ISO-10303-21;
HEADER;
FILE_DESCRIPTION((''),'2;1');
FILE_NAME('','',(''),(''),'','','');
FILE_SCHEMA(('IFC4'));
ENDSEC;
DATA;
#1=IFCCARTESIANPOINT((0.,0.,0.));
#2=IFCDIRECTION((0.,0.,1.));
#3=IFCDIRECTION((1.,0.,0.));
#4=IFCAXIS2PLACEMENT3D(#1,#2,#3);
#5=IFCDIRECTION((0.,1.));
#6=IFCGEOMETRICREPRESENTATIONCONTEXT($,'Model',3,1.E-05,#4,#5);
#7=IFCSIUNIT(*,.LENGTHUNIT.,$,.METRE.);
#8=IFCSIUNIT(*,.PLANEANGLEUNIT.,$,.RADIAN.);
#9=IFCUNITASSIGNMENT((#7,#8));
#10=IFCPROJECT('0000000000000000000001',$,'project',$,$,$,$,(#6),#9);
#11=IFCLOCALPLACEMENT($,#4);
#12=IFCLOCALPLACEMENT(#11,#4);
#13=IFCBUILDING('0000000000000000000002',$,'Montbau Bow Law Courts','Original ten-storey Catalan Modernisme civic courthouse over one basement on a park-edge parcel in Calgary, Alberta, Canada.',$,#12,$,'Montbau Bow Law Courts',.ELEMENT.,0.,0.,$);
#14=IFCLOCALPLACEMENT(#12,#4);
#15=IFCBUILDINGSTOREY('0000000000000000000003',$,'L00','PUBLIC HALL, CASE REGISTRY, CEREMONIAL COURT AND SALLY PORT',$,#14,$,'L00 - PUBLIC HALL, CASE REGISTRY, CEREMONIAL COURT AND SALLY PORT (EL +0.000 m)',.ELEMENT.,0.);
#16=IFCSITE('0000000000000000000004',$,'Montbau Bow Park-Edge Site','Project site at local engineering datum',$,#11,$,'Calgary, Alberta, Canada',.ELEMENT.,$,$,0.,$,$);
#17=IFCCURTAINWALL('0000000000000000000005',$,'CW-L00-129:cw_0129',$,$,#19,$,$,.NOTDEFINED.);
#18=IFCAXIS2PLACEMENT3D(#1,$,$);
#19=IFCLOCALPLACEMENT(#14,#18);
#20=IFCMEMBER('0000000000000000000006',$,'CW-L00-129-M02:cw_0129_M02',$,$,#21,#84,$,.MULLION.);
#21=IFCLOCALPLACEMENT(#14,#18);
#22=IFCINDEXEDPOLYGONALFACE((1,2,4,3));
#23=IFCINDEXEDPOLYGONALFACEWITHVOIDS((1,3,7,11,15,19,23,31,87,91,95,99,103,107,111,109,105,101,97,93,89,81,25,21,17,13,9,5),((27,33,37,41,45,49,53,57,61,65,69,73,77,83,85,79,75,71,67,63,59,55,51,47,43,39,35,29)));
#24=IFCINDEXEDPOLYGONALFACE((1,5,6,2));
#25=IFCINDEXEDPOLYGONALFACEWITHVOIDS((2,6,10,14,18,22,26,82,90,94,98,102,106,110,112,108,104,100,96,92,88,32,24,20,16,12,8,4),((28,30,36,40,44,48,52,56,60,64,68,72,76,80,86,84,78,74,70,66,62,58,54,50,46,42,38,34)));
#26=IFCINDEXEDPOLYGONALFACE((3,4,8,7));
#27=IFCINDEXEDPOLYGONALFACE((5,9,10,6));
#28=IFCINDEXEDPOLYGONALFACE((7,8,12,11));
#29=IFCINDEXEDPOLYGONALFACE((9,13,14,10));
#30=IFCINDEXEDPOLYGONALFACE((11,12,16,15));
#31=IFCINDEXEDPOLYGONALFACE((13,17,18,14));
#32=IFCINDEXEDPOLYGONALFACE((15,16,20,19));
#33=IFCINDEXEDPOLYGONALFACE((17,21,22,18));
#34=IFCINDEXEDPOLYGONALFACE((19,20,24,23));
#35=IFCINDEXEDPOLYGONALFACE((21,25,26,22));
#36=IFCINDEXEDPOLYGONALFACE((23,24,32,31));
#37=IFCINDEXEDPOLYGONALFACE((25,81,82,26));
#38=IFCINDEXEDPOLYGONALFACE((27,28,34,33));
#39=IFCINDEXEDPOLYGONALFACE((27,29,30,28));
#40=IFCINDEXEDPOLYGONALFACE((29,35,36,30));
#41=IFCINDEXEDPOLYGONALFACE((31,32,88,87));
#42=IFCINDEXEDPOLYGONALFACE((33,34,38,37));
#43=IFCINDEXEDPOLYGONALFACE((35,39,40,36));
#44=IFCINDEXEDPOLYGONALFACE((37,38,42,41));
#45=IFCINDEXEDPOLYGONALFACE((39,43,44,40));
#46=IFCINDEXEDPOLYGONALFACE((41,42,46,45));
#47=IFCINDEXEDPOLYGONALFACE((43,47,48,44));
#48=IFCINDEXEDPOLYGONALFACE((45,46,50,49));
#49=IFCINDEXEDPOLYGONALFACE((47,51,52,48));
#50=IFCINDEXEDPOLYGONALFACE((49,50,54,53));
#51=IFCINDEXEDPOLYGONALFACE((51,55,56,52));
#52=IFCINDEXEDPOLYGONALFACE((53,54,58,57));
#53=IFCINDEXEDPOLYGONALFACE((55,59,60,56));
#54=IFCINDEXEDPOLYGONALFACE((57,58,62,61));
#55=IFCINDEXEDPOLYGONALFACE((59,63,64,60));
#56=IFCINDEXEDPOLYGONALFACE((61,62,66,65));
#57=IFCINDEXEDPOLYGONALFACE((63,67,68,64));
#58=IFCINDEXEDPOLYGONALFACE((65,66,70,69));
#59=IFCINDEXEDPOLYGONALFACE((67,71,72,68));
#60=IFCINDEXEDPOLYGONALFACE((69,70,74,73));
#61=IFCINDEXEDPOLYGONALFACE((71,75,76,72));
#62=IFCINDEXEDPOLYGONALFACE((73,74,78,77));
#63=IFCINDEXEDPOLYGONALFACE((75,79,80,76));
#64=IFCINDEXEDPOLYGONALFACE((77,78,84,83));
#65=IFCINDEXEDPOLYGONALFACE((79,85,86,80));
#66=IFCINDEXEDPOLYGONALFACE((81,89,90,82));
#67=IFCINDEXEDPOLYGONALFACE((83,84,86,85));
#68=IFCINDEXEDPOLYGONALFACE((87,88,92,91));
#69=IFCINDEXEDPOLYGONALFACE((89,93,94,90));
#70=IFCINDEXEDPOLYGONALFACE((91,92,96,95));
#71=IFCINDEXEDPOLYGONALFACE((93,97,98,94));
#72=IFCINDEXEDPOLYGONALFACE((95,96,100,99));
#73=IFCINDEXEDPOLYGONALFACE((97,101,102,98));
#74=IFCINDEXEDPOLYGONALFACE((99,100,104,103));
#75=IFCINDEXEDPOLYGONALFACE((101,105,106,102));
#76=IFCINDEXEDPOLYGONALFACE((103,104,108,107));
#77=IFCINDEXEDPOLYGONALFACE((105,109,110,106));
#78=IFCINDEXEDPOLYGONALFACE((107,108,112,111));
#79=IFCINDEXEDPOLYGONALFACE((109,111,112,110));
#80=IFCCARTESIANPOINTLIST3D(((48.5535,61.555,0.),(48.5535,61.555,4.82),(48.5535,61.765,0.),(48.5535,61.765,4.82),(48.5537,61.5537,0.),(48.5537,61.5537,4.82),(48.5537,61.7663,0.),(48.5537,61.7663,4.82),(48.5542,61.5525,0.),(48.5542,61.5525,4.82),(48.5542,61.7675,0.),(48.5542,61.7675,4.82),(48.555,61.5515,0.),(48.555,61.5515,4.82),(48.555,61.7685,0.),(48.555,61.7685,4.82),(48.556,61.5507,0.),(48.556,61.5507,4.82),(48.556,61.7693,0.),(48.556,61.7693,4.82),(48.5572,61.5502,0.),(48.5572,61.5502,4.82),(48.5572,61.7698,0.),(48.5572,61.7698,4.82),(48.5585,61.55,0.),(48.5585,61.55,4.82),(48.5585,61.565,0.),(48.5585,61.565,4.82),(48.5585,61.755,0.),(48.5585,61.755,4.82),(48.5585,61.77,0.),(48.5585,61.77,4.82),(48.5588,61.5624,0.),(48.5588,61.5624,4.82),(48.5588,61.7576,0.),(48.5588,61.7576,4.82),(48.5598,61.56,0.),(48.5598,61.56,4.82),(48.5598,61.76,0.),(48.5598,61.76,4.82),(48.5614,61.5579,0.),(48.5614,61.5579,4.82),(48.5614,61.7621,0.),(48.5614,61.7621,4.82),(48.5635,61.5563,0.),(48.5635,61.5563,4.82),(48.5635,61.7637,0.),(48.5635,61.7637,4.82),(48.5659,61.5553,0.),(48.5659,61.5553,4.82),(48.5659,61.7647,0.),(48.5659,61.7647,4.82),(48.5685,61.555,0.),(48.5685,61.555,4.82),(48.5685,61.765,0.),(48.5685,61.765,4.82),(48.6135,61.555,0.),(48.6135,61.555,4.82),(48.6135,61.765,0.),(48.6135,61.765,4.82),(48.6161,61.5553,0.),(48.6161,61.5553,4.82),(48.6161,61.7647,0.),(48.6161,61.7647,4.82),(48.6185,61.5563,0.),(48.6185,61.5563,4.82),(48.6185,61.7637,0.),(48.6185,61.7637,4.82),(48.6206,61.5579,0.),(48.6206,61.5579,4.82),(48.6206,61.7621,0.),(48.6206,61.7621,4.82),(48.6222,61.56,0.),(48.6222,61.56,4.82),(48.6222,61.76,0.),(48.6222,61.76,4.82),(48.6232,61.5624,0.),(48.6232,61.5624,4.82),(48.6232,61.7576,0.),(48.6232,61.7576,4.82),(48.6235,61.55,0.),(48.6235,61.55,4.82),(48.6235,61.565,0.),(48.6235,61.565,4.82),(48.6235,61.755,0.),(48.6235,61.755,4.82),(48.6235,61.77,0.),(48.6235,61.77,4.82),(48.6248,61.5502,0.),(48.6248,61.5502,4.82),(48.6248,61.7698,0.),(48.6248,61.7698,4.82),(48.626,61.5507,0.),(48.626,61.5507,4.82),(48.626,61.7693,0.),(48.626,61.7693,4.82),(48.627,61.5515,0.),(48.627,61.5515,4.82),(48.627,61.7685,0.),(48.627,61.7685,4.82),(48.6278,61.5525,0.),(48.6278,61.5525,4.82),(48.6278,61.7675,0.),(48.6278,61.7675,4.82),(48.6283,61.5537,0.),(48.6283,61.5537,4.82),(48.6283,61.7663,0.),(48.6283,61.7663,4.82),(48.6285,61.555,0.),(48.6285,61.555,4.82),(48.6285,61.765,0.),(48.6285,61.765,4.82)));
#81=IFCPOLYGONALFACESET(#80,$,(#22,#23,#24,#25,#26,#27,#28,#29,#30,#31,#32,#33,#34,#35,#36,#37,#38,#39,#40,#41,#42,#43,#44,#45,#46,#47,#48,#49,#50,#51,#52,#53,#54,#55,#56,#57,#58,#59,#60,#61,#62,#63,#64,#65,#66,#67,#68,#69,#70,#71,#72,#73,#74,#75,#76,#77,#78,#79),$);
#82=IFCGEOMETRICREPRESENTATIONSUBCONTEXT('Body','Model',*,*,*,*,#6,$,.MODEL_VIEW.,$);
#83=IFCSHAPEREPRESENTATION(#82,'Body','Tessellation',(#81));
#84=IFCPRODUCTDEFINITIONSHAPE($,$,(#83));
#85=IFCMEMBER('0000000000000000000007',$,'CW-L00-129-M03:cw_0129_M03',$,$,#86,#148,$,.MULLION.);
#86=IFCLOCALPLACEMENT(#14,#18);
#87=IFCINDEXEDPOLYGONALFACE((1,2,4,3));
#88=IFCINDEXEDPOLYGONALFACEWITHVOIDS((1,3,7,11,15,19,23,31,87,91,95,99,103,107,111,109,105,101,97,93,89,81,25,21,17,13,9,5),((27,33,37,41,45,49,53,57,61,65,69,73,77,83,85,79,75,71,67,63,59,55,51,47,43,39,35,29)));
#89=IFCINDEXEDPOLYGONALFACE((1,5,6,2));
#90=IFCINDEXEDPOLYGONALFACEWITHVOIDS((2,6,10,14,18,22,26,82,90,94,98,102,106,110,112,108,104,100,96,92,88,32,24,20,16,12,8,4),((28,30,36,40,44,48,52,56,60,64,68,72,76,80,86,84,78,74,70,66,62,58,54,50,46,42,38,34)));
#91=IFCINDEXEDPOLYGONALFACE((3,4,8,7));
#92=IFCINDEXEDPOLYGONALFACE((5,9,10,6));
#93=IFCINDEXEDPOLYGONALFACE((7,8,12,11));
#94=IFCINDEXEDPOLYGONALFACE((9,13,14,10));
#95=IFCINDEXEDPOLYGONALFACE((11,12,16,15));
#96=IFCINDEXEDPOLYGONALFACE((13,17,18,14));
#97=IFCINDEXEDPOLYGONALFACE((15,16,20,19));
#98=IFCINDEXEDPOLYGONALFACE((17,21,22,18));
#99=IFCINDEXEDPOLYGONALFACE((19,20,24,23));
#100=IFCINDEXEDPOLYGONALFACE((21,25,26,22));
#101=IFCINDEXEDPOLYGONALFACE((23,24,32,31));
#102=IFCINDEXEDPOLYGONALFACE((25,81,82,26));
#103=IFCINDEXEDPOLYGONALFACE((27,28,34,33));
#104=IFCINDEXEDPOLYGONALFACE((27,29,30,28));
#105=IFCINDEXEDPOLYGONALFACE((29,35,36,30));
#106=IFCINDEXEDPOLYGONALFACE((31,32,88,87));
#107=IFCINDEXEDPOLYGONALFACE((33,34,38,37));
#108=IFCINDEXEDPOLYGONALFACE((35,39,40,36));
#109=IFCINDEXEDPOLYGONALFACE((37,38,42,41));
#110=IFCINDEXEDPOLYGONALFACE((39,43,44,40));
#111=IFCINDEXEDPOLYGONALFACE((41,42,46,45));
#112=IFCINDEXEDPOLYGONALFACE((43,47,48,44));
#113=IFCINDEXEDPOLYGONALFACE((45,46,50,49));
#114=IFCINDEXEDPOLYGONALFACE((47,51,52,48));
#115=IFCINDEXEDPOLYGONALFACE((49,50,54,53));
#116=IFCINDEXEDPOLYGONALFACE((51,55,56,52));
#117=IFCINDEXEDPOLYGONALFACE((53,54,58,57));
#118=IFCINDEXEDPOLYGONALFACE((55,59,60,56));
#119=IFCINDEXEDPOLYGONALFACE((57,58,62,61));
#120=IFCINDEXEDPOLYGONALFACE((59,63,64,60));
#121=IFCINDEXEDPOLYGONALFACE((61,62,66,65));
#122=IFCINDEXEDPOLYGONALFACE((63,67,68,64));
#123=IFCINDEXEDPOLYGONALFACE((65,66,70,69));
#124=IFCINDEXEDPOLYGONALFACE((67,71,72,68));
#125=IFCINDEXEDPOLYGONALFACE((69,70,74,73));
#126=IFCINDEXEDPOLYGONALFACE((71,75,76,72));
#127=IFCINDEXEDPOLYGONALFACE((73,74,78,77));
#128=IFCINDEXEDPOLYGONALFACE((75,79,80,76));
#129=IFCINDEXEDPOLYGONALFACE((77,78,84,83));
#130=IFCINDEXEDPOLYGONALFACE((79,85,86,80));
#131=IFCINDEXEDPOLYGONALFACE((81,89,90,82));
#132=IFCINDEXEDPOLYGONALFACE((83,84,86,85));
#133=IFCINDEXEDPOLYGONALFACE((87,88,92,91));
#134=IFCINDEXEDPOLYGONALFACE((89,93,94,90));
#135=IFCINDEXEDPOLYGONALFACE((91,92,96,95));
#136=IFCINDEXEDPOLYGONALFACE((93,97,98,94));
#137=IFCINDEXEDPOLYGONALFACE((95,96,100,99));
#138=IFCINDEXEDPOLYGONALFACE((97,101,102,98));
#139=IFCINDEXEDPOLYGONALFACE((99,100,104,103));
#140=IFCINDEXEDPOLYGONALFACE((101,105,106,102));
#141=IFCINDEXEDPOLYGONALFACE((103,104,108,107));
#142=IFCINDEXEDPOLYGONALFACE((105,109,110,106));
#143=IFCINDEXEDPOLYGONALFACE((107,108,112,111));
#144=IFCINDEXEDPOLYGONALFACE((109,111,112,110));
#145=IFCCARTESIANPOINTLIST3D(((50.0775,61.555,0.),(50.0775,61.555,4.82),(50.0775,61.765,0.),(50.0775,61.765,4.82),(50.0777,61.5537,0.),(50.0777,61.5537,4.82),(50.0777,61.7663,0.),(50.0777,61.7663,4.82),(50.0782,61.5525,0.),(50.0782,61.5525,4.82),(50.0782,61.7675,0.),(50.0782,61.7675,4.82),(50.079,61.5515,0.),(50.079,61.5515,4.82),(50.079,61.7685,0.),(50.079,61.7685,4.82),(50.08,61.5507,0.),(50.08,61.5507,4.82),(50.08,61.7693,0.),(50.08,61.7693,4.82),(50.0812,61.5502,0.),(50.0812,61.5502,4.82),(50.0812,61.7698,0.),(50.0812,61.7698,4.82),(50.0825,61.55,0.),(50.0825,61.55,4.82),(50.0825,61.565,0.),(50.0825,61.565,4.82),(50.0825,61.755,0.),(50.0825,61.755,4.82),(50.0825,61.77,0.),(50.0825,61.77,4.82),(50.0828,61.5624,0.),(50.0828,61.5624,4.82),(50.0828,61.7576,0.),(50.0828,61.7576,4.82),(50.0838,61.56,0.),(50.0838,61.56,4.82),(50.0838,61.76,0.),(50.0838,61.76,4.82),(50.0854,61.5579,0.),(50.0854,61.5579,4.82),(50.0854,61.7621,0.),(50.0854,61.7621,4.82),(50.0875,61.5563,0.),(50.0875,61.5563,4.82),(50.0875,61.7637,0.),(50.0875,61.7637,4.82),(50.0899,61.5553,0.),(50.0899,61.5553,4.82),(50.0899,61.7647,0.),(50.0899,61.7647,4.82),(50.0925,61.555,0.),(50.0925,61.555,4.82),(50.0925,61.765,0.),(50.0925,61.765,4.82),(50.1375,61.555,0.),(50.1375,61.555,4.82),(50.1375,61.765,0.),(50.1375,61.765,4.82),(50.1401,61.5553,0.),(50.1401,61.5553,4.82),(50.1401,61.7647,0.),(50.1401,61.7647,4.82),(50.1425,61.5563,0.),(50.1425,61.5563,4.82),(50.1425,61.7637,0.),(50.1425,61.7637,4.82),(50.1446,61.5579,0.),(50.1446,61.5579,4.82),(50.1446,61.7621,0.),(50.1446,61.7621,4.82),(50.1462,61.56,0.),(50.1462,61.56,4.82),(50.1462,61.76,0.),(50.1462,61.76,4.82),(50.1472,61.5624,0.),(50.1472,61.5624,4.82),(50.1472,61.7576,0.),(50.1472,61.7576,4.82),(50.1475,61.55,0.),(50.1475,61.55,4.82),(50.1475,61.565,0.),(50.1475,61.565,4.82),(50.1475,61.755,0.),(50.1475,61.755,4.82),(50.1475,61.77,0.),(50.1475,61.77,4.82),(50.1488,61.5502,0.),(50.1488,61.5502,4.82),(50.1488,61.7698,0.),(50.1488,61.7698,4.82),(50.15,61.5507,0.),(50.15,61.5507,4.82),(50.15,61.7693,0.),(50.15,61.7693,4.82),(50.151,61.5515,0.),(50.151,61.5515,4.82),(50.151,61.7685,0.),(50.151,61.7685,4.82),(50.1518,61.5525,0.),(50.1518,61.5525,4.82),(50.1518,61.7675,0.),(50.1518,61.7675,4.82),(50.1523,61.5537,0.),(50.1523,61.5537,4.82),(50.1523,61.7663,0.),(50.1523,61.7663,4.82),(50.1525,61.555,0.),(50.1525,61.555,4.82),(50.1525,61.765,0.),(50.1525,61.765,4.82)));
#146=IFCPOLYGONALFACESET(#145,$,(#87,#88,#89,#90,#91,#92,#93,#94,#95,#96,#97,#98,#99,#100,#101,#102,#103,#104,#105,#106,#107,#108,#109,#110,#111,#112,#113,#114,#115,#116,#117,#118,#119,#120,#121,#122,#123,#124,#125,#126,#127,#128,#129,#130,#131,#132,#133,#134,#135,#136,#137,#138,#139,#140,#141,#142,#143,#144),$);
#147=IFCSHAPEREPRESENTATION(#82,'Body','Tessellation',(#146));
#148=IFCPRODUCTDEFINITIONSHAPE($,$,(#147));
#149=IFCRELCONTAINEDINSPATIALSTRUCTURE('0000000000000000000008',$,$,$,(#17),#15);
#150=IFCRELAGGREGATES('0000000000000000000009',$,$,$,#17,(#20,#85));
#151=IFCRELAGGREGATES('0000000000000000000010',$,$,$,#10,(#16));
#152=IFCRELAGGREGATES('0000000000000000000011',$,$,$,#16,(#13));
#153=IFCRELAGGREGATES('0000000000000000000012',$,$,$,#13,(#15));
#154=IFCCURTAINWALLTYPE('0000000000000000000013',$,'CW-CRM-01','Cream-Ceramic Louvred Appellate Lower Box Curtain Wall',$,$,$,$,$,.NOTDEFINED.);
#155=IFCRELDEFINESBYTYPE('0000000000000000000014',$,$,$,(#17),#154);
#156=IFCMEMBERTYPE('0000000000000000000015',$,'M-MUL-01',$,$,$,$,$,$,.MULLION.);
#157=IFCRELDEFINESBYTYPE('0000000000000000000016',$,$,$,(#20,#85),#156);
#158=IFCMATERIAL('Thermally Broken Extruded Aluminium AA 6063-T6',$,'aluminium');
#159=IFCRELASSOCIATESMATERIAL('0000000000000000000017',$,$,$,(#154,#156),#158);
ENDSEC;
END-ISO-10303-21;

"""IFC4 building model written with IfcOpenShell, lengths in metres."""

from ifc_helpers import new_model, si_unit, direction, frame, origin_with_axes, origin_2d_with_axis, place, context, subcontext, project, spatial, hollow_rectangle, extrude, material, material_profile, profile_set, type_object, element, aggregate, save


model = new_model("IFC4")

# Units and contexts
model_context = context("Model", 3, precision=1e-05, world=origin_with_axes(), true_north=direction((0.0, 1.0)))
body_context = subcontext(model_context, "Body", "Model", "MODEL_VIEW")
ifc_project = project(units=[si_unit("LENGTHUNIT", "METRE"), si_unit("PLANEANGLEUNIT", "RADIAN")], contexts=[model_context])

# Site, building, storey
site_placement = place(None, origin_with_axes())
site = spatial("IfcSite", under=ifc_project, at=site_placement, Name="Montbau Bow Park-Edge Site", Description="Project site at local engineering datum", LongName="Calgary, Alberta, Canada", CompositionType="ELEMENT", RefElevation=0.0)
building_placement = place(site_placement, origin_with_axes())
building = spatial("IfcBuilding", under=site, at=building_placement, Name="Montbau Bow Law Courts", Description="Original ten-storey Catalan Modernisme civic courthouse over one basement on a park-edge parcel in Calgary, Alberta, Canada.", LongName="Montbau Bow Law Courts", CompositionType="ELEMENT", ElevationOfRefHeight=0.0, ElevationOfTerrain=0.0)
storey_placement = place(building_placement, origin_with_axes())
storey = spatial("IfcBuildingStorey", under=building, at=storey_placement, Name="L00", Description="PUBLIC HALL, CASE REGISTRY, CEREMONIAL COURT AND SALLY PORT", LongName="L00 - PUBLIC HALL, CASE REGISTRY, CEREMONIAL COURT AND SALLY PORT (EL +0.000 m)", CompositionType="ELEMENT", Elevation=0.0)

# Curtain wall, members
ifc_material_1 = material(Name="Thermally Broken Extruded Aluminium AA 6063-T6", Category="aluminium")
curtain_wall_type = type_object("IfcCurtainWallType", Name="CW-CRM-01", Description="Cream-Ceramic Louvred Appellate Lower Box Curtain Wall", PredefinedType="NOTDEFINED", material=ifc_material_1)
curtain_wall_placement = place(None, frame((47.068, 61.66, 0.0), z_axis=(0.0, 0.0, 1.0), x_axis=(1.0, 0.0, 0.0)))
curtain_wall = element("IfcCurtainWall", 1, at=curtain_wall_placement, inside=storey, type_object=curtain_wall_type, Name="CW-L00-129:cw_0129", PredefinedType="NOTDEFINED")
ifc_material_profile_1 = material_profile(ifc_material_1, hollow_rectangle(XDim=0.075, YDim=0.22, WallThickness=0.005, InnerFilletRadius=0.01, OuterFilletRadius=0.005, at=origin_2d_with_axis()), Name="CWM-220X75", Category="Main", Priority=0)
ifc_profile_set_1 = profile_set([ifc_material_profile_1], Name="Thermally Broken Extruded Aluminium AA 6063-T6")
member_type_1 = type_object("IfcMemberType", Name="M-MUL-01", PredefinedType="MULLION", material=ifc_profile_set_1)
member_1_placement = place(None, frame((48.591, 61.66, 0.0), z_axis=(0.0, 0.0, 1.0), x_axis=(1.0, 0.0, 0.0)))
member_1 = element("IfcMember", 2, at=member_1_placement, type_object=member_type_1, Name="CW-L00-129-M02:cw_0129_M02", PredefinedType="MULLION", context=body_context, shape_type="SweptSolid", body=[
    extrude(hollow_rectangle(XDim=0.075, YDim=0.22, WallThickness=0.005, InnerFilletRadius=0.01, OuterFilletRadius=0.005, at=origin_2d_with_axis()), origin_with_axes(), (0.0, 0.0, 1.0), 4.82),
])
member_2_placement = place(None, frame((50.115, 61.66, 0.0), z_axis=(0.0, 0.0, 1.0), x_axis=(1.0, 0.0, 0.0)))
member_2 = element("IfcMember", 3, at=member_2_placement, type_object=member_type_1, Name="CW-L00-129-M03:cw_0129_M03", PredefinedType="MULLION", context=body_context, shape_type="SweptSolid", body=[
    extrude(hollow_rectangle(XDim=0.075, YDim=0.22, WallThickness=0.005, InnerFilletRadius=0.01, OuterFilletRadius=0.005, at=origin_2d_with_axis()), origin_with_axes(), (0.0, 0.0, 1.0), 4.82),
])
aggregate(curtain_wall, [member_1, member_2])

save(model, "model.ifc")
